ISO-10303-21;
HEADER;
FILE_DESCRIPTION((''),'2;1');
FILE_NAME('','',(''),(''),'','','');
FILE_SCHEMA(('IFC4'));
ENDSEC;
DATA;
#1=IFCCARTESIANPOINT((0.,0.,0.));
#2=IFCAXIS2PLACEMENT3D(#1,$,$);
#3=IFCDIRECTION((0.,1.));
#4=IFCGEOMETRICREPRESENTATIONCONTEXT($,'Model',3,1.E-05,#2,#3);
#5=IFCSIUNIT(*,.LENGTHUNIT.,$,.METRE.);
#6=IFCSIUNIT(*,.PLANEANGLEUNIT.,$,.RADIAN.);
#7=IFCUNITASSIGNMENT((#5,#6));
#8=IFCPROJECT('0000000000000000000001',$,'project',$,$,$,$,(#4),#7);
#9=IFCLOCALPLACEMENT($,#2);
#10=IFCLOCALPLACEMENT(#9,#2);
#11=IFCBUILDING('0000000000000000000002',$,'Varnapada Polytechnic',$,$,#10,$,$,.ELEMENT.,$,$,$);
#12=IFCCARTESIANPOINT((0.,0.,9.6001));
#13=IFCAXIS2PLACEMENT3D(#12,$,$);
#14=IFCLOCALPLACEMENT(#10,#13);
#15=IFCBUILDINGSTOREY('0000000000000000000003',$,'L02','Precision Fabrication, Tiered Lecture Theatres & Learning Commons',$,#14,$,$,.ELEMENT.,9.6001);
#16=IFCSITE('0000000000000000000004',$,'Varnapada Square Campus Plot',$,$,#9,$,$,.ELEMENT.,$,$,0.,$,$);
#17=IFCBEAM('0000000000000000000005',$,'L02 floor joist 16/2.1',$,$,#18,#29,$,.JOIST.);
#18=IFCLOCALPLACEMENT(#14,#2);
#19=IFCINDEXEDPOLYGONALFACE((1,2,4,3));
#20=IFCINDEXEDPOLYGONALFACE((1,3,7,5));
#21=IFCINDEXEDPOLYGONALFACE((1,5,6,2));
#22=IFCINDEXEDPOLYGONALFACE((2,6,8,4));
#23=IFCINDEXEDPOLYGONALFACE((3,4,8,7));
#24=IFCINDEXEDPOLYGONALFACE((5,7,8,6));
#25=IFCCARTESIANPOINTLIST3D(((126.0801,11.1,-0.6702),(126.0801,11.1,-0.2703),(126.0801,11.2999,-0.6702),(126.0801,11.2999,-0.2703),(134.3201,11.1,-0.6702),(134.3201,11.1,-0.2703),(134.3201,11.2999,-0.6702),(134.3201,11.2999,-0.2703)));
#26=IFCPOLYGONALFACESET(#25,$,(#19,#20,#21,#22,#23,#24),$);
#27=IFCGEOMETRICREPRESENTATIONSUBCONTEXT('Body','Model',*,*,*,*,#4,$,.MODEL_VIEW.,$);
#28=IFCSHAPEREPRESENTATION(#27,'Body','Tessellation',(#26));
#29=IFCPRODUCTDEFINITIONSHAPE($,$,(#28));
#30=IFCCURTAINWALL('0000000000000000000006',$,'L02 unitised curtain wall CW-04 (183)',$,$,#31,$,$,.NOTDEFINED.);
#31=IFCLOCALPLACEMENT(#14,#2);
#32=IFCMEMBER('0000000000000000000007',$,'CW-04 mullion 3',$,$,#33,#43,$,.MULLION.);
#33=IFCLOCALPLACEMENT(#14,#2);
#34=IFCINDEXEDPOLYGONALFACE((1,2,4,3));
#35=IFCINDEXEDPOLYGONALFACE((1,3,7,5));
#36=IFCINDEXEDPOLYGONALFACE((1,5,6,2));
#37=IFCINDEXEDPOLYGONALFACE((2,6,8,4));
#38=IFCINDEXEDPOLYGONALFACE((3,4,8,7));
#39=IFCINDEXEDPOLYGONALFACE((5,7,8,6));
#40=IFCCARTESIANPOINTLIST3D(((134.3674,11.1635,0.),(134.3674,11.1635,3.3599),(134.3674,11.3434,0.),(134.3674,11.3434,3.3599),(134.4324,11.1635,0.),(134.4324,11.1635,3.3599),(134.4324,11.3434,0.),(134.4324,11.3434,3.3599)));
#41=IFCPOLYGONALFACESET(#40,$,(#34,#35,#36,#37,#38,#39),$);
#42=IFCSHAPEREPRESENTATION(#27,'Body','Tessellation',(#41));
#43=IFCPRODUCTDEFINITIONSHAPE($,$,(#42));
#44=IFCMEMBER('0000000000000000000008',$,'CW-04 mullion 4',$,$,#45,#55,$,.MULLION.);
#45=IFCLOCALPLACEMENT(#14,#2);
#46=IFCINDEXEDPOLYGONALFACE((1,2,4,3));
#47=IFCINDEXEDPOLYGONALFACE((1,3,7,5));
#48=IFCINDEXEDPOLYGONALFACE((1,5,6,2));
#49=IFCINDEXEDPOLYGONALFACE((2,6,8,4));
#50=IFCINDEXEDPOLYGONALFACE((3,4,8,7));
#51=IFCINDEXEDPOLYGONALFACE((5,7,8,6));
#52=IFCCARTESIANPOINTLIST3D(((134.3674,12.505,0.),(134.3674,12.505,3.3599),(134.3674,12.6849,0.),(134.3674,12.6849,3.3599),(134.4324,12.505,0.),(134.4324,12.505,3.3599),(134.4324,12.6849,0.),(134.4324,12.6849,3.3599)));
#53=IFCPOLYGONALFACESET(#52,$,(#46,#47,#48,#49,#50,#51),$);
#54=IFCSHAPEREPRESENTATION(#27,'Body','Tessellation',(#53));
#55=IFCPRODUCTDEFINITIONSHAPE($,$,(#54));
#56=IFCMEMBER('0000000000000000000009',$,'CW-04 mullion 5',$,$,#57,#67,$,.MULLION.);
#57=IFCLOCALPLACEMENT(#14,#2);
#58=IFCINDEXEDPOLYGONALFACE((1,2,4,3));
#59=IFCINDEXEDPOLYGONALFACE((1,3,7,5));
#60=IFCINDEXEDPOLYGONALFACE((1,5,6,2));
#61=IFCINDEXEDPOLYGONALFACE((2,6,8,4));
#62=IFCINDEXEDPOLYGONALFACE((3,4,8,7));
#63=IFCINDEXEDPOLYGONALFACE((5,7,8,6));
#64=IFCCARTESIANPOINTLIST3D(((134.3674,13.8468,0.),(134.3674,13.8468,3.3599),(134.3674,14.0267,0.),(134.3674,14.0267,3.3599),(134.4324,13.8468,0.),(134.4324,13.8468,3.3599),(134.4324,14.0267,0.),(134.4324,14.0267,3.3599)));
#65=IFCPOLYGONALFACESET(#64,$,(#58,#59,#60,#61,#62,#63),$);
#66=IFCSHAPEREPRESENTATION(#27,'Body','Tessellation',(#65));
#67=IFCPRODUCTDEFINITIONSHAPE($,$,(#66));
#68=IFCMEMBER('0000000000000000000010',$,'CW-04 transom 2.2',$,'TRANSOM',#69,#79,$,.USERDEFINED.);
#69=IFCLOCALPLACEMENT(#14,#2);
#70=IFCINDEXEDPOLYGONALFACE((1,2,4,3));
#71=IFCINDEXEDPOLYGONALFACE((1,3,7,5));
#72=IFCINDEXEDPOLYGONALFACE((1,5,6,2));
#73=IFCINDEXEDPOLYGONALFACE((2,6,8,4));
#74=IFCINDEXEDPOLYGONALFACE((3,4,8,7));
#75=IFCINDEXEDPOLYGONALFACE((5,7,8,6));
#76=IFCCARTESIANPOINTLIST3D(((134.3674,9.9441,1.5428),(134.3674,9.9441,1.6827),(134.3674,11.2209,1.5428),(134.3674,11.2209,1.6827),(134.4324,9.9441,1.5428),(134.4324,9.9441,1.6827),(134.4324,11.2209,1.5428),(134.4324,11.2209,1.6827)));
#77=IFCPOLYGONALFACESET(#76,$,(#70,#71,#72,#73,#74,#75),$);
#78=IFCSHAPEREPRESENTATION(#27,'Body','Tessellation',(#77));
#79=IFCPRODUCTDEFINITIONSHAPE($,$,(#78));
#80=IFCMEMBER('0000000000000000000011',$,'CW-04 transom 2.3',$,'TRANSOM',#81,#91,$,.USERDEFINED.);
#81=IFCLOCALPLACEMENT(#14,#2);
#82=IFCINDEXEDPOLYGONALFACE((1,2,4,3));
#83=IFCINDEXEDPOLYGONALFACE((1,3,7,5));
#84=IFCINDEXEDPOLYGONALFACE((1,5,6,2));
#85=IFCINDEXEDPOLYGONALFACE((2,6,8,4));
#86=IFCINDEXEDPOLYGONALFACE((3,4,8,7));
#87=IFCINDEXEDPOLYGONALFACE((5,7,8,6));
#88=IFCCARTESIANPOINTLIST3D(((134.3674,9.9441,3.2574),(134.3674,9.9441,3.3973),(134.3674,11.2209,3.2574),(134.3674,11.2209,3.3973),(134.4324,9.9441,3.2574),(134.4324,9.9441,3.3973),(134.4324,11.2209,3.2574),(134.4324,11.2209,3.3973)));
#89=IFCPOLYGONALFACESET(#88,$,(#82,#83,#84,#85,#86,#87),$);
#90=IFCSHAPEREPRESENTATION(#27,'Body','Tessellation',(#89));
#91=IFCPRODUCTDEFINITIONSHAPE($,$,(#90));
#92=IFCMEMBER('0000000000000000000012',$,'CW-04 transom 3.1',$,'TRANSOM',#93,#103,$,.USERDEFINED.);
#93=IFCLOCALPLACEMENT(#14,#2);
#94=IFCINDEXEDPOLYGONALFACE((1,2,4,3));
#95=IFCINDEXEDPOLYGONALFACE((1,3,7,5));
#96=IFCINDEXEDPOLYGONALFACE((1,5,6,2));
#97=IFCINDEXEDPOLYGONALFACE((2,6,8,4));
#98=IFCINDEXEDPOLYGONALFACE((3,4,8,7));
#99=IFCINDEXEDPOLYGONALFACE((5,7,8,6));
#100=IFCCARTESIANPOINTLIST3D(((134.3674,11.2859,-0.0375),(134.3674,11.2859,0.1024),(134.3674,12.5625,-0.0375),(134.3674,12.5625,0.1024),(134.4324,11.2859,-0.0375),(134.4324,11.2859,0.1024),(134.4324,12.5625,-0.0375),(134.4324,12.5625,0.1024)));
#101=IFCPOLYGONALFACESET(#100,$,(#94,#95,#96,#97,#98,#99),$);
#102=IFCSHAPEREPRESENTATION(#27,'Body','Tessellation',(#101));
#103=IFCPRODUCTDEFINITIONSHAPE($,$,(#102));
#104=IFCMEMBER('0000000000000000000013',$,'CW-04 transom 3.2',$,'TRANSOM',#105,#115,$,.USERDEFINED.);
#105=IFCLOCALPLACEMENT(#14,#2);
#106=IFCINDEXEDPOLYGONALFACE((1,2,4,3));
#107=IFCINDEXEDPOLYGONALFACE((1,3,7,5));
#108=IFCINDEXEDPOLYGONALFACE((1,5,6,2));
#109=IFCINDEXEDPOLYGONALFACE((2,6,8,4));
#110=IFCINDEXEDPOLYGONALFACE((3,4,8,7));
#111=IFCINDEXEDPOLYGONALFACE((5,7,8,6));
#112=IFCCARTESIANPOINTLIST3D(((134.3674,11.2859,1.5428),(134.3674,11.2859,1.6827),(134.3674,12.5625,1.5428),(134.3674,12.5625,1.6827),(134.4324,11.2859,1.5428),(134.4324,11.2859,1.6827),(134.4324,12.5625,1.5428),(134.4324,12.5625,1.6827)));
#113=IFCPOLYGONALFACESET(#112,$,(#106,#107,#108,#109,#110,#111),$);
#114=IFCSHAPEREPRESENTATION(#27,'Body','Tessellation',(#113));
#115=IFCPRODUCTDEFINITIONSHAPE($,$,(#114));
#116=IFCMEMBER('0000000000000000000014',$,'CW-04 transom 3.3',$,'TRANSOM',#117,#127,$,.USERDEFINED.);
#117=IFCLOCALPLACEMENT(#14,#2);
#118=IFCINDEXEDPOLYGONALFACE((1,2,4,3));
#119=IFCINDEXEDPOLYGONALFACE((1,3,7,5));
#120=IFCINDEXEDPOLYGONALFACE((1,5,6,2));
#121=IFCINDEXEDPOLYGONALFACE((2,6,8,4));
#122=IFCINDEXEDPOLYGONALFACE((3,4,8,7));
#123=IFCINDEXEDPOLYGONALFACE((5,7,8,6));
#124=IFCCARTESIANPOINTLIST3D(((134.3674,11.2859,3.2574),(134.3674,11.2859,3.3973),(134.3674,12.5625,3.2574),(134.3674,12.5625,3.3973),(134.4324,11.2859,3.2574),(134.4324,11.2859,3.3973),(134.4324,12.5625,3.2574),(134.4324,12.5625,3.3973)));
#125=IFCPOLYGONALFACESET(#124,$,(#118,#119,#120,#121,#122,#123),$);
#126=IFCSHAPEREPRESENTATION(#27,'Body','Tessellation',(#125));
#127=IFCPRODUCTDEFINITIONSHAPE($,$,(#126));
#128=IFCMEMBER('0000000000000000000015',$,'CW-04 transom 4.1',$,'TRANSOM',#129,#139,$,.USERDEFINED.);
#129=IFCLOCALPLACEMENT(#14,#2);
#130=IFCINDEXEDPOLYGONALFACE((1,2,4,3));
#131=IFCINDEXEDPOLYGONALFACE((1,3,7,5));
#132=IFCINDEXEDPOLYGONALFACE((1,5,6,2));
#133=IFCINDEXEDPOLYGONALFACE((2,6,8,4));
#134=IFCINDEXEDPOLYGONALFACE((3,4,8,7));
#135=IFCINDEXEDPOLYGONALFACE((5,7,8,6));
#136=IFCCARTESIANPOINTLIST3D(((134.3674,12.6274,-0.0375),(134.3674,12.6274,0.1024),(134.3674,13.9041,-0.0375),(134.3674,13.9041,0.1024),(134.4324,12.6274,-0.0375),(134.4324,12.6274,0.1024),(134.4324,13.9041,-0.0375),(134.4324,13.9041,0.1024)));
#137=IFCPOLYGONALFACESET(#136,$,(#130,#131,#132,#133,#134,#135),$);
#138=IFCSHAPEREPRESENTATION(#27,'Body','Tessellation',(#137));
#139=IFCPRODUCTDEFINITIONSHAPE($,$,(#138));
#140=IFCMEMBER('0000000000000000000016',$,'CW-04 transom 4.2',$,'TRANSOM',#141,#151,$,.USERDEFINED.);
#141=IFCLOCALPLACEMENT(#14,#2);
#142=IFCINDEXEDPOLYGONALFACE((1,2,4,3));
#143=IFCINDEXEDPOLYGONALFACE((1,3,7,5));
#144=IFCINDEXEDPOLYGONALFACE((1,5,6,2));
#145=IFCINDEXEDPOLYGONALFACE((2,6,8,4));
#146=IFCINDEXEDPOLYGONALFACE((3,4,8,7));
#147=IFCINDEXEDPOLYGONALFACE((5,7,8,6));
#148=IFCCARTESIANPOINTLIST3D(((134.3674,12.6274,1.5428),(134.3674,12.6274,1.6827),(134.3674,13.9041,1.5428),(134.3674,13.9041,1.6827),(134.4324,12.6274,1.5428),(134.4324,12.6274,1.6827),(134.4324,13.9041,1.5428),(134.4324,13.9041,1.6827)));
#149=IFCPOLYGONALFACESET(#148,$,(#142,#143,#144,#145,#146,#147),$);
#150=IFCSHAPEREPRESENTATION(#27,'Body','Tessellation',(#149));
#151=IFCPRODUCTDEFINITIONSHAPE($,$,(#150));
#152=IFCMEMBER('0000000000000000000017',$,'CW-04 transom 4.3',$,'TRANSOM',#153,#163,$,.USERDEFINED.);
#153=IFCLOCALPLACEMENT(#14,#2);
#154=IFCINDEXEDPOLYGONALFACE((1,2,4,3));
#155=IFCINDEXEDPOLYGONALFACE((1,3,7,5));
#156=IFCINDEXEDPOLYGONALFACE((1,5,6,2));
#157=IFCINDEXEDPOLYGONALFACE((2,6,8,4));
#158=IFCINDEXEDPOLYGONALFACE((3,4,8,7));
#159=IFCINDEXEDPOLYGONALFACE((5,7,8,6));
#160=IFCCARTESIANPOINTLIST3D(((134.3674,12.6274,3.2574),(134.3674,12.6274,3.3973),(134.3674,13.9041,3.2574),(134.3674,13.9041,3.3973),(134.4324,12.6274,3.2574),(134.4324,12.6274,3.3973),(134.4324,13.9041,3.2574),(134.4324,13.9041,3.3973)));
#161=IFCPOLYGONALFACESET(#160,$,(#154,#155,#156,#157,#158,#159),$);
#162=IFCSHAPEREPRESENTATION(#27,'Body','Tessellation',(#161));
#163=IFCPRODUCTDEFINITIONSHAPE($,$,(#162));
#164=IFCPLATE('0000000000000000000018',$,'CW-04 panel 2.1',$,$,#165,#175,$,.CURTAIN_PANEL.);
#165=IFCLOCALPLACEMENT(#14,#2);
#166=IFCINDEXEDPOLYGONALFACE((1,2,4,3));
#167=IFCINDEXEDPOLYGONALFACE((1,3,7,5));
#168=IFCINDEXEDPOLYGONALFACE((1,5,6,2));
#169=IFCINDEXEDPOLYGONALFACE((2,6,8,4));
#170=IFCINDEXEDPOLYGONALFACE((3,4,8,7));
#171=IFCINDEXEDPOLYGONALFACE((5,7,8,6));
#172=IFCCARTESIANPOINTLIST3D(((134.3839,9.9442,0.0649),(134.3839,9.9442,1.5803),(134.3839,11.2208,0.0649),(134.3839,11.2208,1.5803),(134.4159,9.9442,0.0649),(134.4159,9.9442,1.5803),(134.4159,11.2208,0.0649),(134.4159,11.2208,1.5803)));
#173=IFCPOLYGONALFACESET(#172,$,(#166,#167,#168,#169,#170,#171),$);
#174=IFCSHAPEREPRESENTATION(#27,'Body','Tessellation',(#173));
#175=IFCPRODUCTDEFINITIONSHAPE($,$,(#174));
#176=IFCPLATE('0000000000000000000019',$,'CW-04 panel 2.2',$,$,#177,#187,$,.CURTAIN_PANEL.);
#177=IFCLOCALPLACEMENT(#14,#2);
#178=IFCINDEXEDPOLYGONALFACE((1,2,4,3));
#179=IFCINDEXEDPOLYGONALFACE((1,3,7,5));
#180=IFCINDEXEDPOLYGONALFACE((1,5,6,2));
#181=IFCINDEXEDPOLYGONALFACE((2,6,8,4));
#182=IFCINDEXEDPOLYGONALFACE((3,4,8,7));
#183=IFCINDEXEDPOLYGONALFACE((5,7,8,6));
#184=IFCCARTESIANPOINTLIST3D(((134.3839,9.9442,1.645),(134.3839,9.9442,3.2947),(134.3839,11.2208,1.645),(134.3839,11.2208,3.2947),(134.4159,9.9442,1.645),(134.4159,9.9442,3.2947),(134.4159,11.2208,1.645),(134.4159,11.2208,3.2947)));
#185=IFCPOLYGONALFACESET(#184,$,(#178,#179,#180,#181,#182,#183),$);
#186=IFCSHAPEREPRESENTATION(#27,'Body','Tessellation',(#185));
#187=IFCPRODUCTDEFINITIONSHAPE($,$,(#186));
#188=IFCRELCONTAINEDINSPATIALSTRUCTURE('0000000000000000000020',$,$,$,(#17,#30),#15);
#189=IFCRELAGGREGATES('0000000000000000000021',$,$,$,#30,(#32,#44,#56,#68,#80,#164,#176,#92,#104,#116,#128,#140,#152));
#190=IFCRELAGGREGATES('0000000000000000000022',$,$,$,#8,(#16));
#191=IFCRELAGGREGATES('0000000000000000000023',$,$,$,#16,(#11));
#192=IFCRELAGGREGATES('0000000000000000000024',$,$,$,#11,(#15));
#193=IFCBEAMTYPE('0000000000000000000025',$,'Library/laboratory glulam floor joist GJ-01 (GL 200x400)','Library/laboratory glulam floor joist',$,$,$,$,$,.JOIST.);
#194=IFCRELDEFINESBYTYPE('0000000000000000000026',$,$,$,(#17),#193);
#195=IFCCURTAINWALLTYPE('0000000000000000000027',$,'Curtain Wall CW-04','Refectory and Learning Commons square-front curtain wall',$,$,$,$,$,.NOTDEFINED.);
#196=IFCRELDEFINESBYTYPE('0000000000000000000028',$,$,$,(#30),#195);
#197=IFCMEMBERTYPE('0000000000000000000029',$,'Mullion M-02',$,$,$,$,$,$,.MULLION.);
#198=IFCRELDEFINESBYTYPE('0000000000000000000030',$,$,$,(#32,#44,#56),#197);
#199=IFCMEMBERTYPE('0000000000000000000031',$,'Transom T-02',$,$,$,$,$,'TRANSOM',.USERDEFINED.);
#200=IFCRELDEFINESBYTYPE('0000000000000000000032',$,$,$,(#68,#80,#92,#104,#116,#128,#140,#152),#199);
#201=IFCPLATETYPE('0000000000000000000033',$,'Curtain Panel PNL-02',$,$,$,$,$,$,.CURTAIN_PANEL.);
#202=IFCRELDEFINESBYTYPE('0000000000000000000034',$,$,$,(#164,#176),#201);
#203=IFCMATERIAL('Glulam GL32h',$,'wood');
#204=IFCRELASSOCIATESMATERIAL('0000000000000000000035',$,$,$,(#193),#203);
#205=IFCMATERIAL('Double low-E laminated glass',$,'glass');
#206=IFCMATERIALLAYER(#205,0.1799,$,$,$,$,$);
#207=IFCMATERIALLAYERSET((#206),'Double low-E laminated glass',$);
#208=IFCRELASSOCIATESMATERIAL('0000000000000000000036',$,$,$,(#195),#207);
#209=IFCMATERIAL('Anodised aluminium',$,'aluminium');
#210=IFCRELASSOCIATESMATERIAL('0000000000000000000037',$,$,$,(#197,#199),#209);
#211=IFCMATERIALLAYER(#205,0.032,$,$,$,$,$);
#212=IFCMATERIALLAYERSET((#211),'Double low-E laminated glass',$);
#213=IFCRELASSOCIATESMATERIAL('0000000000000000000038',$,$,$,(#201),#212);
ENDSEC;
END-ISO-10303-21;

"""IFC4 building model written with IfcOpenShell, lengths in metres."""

from ifc_helpers import new_model, si_unit, direction, frame, origin, origin_2d, place, context, subcontext, project, spatial, rectangle, extrude, material, layer, layer_set, material_profile, profile_set, type_object, element, aggregate, save


model = new_model("IFC4")

# Units and contexts
model_context = context("Model", 3, precision=1e-05, world=origin(), true_north=direction((0.0, 1.0)))
body_context = subcontext(model_context, "Body", "Model", "MODEL_VIEW")
ifc_project = project(units=[si_unit("LENGTHUNIT", "METRE"), si_unit("PLANEANGLEUNIT", "RADIAN")], contexts=[model_context])

# Site, building, storey
site_placement = place(None, origin())
site = spatial("IfcSite", under=ifc_project, at=site_placement, Name="Varnapada Square Campus Plot", CompositionType="ELEMENT", RefElevation=0.0)
building_placement = place(site_placement, origin())
building = spatial("IfcBuilding", under=site, at=building_placement, Name="Varnapada Polytechnic", CompositionType="ELEMENT")
storey_placement = place(building_placement, frame((0.0, 0.0, 9.6001)))
storey = spatial("IfcBuildingStorey", under=building, at=storey_placement, Name="L02", Description="Precision Fabrication, Tiered Lecture Theatres & Learning Commons", CompositionType="ELEMENT", Elevation=9.6001)

# Beam
ifc_material_1 = material(Name="Glulam GL32h", Category="wood")
ifc_material_profile_1 = material_profile(ifc_material_1, rectangle(XDim=0.2, YDim=0.3999, at=origin_2d()), Name="GL 200x400")
ifc_profile_set_1 = profile_set([ifc_material_profile_1], Name="Glulam GL32h")
beam_type = type_object("IfcBeamType", Name="Library/laboratory glulam floor joist GJ-01 (GL 200x400)", Description="Library/laboratory glulam floor joist", PredefinedType="JOIST", material=ifc_profile_set_1)
beam_placement = place(storey_placement, frame((126.0801, 11.2, -0.4702), z_axis=(1.0, 0.0, 0.0), x_axis=(0.0, 1.0, 0.0)))
element("IfcBeam", 1, at=beam_placement, inside=storey, type_object=beam_type, Name="L02 floor joist 16/2.1", PredefinedType="JOIST", context=body_context, shape_type="SweptSolid", body=[
    extrude(rectangle(XDim=0.2, YDim=0.3999, at=origin_2d()), origin(), (0.0, 0.0, 1.0), 8.24),
])

# Curtain wall, members, plates
ifc_material_2 = material(Name="Double low-E laminated glass", Category="glass")
ifc_layer_1 = layer(ifc_material_2, 0.1799)
ifc_layer_set_1 = layer_set([ifc_layer_1], Name="Double low-E laminated glass")
curtain_wall_type = type_object("IfcCurtainWallType", Name="Curtain Wall CW-04", Description="Refectory and Learning Commons square-front curtain wall", PredefinedType="NOTDEFINED", material=ifc_layer_set_1)
curtain_wall_placement = place(storey_placement, origin())
curtain_wall = element("IfcCurtainWall", 2, at=curtain_wall_placement, inside=storey, type_object=curtain_wall_type, Name="L02 unitised curtain wall CW-04 (183)", PredefinedType="NOTDEFINED")
ifc_material_3 = material(Name="Anodised aluminium", Category="aluminium")
ifc_material_profile_2 = material_profile(ifc_material_3, rectangle(XDim=0.0649, YDim=0.1799, at=origin_2d()), Name="ALU M65x180")
ifc_profile_set_2 = profile_set([ifc_material_profile_2], Name="Anodised aluminium")
member_type_1 = type_object("IfcMemberType", Name="Mullion M-02", PredefinedType="MULLION", material=ifc_profile_set_2)
member_1_placement = place(storey_placement, frame((134.3999, 11.2534, 0.0), z_axis=(0.0, 0.0, 1.0), x_axis=(-1.0, 0.0, 0.0)))
member_1 = element("IfcMember", 3, at=member_1_placement, type_object=member_type_1, Name="CW-04 mullion 3", PredefinedType="MULLION", context=body_context, shape_type="SweptSolid", body=[
    extrude(rectangle(XDim=0.0649, YDim=0.1799, at=origin_2d()), origin(), (0.0, 0.0, 1.0), 3.3599),
])
member_2_placement = place(storey_placement, frame((134.3999, 12.595, 0.0), z_axis=(0.0, 0.0, 1.0), x_axis=(-1.0, 0.0, 0.0)))
member_2 = element("IfcMember", 4, at=member_2_placement, type_object=member_type_1, Name="CW-04 mullion 4", PredefinedType="MULLION", context=body_context, shape_type="SweptSolid", body=[
    extrude(rectangle(XDim=0.0649, YDim=0.1799, at=origin_2d()), origin(), (0.0, 0.0, 1.0), 3.3599),
])
member_3_placement = place(storey_placement, frame((134.3999, 13.9368, 0.0), z_axis=(0.0, 0.0, 1.0), x_axis=(-1.0, 0.0, 0.0)))
member_3 = element("IfcMember", 5, at=member_3_placement, type_object=member_type_1, Name="CW-04 mullion 5", PredefinedType="MULLION", context=body_context, shape_type="SweptSolid", body=[
    extrude(rectangle(XDim=0.0649, YDim=0.1799, at=origin_2d()), origin(), (0.0, 0.0, 1.0), 3.3599),
])
ifc_material_profile_3 = material_profile(ifc_material_3, rectangle(XDim=0.0649, YDim=0.1399, at=origin_2d()), Name="ALU T65x140")
ifc_profile_set_3 = profile_set([ifc_material_profile_3], Name="Anodised aluminium")
member_type_2 = type_object("IfcMemberType", Name="Transom T-02", ElementType="TRANSOM", PredefinedType="USERDEFINED", material=ifc_profile_set_3)
member_4_placement = place(storey_placement, frame((134.3999, 9.9441, 1.6128), z_axis=(0.0, 1.0, 0.0), x_axis=(-1.0, 0.0, 0.0)))
member_4 = element("IfcMember", 6, at=member_4_placement, type_object=member_type_2, Name="CW-04 transom 2.2", ObjectType="TRANSOM", PredefinedType="USERDEFINED", context=body_context, shape_type="SweptSolid", body=[
    extrude(rectangle(XDim=0.0649, YDim=0.1399, at=origin_2d()), origin(), (0.0, 0.0, 1.0), 1.2769),
])
member_5_placement = place(storey_placement, frame((134.3999, 9.9441, 3.3274), z_axis=(0.0, 1.0, 0.0), x_axis=(-1.0, 0.0, 0.0)))
member_5 = element("IfcMember", 7, at=member_5_placement, type_object=member_type_2, Name="CW-04 transom 2.3", ObjectType="TRANSOM", PredefinedType="USERDEFINED", context=body_context, shape_type="SweptSolid", body=[
    extrude(rectangle(XDim=0.0649, YDim=0.1399, at=origin_2d()), origin(), (0.0, 0.0, 1.0), 1.2769),
])
member_6_placement = place(storey_placement, frame((134.3999, 11.2859, 0.0325), z_axis=(0.0, 1.0, 0.0), x_axis=(-1.0, 0.0, 0.0)))
member_6 = element("IfcMember", 8, at=member_6_placement, type_object=member_type_2, Name="CW-04 transom 3.1", ObjectType="TRANSOM", PredefinedType="USERDEFINED", context=body_context, shape_type="SweptSolid", body=[
    extrude(rectangle(XDim=0.0649, YDim=0.1399, at=origin_2d()), origin(), (0.0, 0.0, 1.0), 1.2766),
])
member_7_placement = place(storey_placement, frame((134.3999, 11.2859, 1.6128), z_axis=(0.0, 1.0, 0.0), x_axis=(-1.0, 0.0, 0.0)))
member_7 = element("IfcMember", 9, at=member_7_placement, type_object=member_type_2, Name="CW-04 transom 3.2", ObjectType="TRANSOM", PredefinedType="USERDEFINED", context=body_context, shape_type="SweptSolid", body=[
    extrude(rectangle(XDim=0.0649, YDim=0.1399, at=origin_2d()), origin(), (0.0, 0.0, 1.0), 1.2766),
])
member_8_placement = place(storey_placement, frame((134.3999, 11.2859, 3.3274), z_axis=(0.0, 1.0, 0.0), x_axis=(-1.0, 0.0, 0.0)))
member_8 = element("IfcMember", 10, at=member_8_placement, type_object=member_type_2, Name="CW-04 transom 3.3", ObjectType="TRANSOM", PredefinedType="USERDEFINED", context=body_context, shape_type="SweptSolid", body=[
    extrude(rectangle(XDim=0.0649, YDim=0.1399, at=origin_2d()), origin(), (0.0, 0.0, 1.0), 1.2766),
])
member_9_placement = place(storey_placement, frame((134.3999, 12.6274, 0.0325), z_axis=(0.0, 1.0, 0.0), x_axis=(-1.0, 0.0, 0.0)))
member_9 = element("IfcMember", 11, at=member_9_placement, type_object=member_type_2, Name="CW-04 transom 4.1", ObjectType="TRANSOM", PredefinedType="USERDEFINED", context=body_context, shape_type="SweptSolid", body=[
    extrude(rectangle(XDim=0.0649, YDim=0.1399, at=origin_2d()), origin(), (0.0, 0.0, 1.0), 1.2766),
])
member_10_placement = place(storey_placement, frame((134.3999, 12.6274, 1.6128), z_axis=(0.0, 1.0, 0.0), x_axis=(-1.0, 0.0, 0.0)))
member_10 = element("IfcMember", 12, at=member_10_placement, type_object=member_type_2, Name="CW-04 transom 4.2", ObjectType="TRANSOM", PredefinedType="USERDEFINED", context=body_context, shape_type="SweptSolid", body=[
    extrude(rectangle(XDim=0.0649, YDim=0.1399, at=origin_2d()), origin(), (0.0, 0.0, 1.0), 1.2766),
])
member_11_placement = place(storey_placement, frame((134.3999, 12.6274, 3.3274), z_axis=(0.0, 1.0, 0.0), x_axis=(-1.0, 0.0, 0.0)))
member_11 = element("IfcMember", 13, at=member_11_placement, type_object=member_type_2, Name="CW-04 transom 4.3", ObjectType="TRANSOM", PredefinedType="USERDEFINED", context=body_context, shape_type="SweptSolid", body=[
    extrude(rectangle(XDim=0.0649, YDim=0.1399, at=origin_2d()), origin(), (0.0, 0.0, 1.0), 1.2766),
])
ifc_layer_2 = layer(ifc_material_2, 0.032)
ifc_layer_set_2 = layer_set([ifc_layer_2], Name="Double low-E laminated glass")
plate_type = type_object("IfcPlateType", Name="Curtain Panel PNL-02", PredefinedType="CURTAIN_PANEL", material=ifc_layer_set_2)
plate_1_placement = place(storey_placement, frame((134.3999, 10.5825, 0.0649), z_axis=(0.0, 0.0, 1.0), x_axis=(0.0, 1.0, 0.0)))
plate_1 = element("IfcPlate", 14, at=plate_1_placement, type_object=plate_type, Name="CW-04 panel 2.1", PredefinedType="CURTAIN_PANEL", context=body_context, shape_type="SweptSolid", body=[
    extrude(rectangle(XDim=1.2766, YDim=0.032, at=origin_2d()), origin(), (0.0, 0.0, 1.0), 1.5154),
])
plate_2_placement = place(storey_placement, frame((134.3999, 10.5825, 1.645), z_axis=(0.0, 0.0, 1.0), x_axis=(0.0, 1.0, 0.0)))
plate_2 = element("IfcPlate", 15, at=plate_2_placement, type_object=plate_type, Name="CW-04 panel 2.2", PredefinedType="CURTAIN_PANEL", context=body_context, shape_type="SweptSolid", body=[
    extrude(rectangle(XDim=1.2766, YDim=0.032, at=origin_2d()), origin(), (0.0, 0.0, 1.0), 1.6497),
])
aggregate(curtain_wall, [member_1, member_2, member_3, member_4, member_5, plate_1, plate_2, member_6, member_7, member_8, member_9, member_10, member_11])

save(model, "model.ifc")
